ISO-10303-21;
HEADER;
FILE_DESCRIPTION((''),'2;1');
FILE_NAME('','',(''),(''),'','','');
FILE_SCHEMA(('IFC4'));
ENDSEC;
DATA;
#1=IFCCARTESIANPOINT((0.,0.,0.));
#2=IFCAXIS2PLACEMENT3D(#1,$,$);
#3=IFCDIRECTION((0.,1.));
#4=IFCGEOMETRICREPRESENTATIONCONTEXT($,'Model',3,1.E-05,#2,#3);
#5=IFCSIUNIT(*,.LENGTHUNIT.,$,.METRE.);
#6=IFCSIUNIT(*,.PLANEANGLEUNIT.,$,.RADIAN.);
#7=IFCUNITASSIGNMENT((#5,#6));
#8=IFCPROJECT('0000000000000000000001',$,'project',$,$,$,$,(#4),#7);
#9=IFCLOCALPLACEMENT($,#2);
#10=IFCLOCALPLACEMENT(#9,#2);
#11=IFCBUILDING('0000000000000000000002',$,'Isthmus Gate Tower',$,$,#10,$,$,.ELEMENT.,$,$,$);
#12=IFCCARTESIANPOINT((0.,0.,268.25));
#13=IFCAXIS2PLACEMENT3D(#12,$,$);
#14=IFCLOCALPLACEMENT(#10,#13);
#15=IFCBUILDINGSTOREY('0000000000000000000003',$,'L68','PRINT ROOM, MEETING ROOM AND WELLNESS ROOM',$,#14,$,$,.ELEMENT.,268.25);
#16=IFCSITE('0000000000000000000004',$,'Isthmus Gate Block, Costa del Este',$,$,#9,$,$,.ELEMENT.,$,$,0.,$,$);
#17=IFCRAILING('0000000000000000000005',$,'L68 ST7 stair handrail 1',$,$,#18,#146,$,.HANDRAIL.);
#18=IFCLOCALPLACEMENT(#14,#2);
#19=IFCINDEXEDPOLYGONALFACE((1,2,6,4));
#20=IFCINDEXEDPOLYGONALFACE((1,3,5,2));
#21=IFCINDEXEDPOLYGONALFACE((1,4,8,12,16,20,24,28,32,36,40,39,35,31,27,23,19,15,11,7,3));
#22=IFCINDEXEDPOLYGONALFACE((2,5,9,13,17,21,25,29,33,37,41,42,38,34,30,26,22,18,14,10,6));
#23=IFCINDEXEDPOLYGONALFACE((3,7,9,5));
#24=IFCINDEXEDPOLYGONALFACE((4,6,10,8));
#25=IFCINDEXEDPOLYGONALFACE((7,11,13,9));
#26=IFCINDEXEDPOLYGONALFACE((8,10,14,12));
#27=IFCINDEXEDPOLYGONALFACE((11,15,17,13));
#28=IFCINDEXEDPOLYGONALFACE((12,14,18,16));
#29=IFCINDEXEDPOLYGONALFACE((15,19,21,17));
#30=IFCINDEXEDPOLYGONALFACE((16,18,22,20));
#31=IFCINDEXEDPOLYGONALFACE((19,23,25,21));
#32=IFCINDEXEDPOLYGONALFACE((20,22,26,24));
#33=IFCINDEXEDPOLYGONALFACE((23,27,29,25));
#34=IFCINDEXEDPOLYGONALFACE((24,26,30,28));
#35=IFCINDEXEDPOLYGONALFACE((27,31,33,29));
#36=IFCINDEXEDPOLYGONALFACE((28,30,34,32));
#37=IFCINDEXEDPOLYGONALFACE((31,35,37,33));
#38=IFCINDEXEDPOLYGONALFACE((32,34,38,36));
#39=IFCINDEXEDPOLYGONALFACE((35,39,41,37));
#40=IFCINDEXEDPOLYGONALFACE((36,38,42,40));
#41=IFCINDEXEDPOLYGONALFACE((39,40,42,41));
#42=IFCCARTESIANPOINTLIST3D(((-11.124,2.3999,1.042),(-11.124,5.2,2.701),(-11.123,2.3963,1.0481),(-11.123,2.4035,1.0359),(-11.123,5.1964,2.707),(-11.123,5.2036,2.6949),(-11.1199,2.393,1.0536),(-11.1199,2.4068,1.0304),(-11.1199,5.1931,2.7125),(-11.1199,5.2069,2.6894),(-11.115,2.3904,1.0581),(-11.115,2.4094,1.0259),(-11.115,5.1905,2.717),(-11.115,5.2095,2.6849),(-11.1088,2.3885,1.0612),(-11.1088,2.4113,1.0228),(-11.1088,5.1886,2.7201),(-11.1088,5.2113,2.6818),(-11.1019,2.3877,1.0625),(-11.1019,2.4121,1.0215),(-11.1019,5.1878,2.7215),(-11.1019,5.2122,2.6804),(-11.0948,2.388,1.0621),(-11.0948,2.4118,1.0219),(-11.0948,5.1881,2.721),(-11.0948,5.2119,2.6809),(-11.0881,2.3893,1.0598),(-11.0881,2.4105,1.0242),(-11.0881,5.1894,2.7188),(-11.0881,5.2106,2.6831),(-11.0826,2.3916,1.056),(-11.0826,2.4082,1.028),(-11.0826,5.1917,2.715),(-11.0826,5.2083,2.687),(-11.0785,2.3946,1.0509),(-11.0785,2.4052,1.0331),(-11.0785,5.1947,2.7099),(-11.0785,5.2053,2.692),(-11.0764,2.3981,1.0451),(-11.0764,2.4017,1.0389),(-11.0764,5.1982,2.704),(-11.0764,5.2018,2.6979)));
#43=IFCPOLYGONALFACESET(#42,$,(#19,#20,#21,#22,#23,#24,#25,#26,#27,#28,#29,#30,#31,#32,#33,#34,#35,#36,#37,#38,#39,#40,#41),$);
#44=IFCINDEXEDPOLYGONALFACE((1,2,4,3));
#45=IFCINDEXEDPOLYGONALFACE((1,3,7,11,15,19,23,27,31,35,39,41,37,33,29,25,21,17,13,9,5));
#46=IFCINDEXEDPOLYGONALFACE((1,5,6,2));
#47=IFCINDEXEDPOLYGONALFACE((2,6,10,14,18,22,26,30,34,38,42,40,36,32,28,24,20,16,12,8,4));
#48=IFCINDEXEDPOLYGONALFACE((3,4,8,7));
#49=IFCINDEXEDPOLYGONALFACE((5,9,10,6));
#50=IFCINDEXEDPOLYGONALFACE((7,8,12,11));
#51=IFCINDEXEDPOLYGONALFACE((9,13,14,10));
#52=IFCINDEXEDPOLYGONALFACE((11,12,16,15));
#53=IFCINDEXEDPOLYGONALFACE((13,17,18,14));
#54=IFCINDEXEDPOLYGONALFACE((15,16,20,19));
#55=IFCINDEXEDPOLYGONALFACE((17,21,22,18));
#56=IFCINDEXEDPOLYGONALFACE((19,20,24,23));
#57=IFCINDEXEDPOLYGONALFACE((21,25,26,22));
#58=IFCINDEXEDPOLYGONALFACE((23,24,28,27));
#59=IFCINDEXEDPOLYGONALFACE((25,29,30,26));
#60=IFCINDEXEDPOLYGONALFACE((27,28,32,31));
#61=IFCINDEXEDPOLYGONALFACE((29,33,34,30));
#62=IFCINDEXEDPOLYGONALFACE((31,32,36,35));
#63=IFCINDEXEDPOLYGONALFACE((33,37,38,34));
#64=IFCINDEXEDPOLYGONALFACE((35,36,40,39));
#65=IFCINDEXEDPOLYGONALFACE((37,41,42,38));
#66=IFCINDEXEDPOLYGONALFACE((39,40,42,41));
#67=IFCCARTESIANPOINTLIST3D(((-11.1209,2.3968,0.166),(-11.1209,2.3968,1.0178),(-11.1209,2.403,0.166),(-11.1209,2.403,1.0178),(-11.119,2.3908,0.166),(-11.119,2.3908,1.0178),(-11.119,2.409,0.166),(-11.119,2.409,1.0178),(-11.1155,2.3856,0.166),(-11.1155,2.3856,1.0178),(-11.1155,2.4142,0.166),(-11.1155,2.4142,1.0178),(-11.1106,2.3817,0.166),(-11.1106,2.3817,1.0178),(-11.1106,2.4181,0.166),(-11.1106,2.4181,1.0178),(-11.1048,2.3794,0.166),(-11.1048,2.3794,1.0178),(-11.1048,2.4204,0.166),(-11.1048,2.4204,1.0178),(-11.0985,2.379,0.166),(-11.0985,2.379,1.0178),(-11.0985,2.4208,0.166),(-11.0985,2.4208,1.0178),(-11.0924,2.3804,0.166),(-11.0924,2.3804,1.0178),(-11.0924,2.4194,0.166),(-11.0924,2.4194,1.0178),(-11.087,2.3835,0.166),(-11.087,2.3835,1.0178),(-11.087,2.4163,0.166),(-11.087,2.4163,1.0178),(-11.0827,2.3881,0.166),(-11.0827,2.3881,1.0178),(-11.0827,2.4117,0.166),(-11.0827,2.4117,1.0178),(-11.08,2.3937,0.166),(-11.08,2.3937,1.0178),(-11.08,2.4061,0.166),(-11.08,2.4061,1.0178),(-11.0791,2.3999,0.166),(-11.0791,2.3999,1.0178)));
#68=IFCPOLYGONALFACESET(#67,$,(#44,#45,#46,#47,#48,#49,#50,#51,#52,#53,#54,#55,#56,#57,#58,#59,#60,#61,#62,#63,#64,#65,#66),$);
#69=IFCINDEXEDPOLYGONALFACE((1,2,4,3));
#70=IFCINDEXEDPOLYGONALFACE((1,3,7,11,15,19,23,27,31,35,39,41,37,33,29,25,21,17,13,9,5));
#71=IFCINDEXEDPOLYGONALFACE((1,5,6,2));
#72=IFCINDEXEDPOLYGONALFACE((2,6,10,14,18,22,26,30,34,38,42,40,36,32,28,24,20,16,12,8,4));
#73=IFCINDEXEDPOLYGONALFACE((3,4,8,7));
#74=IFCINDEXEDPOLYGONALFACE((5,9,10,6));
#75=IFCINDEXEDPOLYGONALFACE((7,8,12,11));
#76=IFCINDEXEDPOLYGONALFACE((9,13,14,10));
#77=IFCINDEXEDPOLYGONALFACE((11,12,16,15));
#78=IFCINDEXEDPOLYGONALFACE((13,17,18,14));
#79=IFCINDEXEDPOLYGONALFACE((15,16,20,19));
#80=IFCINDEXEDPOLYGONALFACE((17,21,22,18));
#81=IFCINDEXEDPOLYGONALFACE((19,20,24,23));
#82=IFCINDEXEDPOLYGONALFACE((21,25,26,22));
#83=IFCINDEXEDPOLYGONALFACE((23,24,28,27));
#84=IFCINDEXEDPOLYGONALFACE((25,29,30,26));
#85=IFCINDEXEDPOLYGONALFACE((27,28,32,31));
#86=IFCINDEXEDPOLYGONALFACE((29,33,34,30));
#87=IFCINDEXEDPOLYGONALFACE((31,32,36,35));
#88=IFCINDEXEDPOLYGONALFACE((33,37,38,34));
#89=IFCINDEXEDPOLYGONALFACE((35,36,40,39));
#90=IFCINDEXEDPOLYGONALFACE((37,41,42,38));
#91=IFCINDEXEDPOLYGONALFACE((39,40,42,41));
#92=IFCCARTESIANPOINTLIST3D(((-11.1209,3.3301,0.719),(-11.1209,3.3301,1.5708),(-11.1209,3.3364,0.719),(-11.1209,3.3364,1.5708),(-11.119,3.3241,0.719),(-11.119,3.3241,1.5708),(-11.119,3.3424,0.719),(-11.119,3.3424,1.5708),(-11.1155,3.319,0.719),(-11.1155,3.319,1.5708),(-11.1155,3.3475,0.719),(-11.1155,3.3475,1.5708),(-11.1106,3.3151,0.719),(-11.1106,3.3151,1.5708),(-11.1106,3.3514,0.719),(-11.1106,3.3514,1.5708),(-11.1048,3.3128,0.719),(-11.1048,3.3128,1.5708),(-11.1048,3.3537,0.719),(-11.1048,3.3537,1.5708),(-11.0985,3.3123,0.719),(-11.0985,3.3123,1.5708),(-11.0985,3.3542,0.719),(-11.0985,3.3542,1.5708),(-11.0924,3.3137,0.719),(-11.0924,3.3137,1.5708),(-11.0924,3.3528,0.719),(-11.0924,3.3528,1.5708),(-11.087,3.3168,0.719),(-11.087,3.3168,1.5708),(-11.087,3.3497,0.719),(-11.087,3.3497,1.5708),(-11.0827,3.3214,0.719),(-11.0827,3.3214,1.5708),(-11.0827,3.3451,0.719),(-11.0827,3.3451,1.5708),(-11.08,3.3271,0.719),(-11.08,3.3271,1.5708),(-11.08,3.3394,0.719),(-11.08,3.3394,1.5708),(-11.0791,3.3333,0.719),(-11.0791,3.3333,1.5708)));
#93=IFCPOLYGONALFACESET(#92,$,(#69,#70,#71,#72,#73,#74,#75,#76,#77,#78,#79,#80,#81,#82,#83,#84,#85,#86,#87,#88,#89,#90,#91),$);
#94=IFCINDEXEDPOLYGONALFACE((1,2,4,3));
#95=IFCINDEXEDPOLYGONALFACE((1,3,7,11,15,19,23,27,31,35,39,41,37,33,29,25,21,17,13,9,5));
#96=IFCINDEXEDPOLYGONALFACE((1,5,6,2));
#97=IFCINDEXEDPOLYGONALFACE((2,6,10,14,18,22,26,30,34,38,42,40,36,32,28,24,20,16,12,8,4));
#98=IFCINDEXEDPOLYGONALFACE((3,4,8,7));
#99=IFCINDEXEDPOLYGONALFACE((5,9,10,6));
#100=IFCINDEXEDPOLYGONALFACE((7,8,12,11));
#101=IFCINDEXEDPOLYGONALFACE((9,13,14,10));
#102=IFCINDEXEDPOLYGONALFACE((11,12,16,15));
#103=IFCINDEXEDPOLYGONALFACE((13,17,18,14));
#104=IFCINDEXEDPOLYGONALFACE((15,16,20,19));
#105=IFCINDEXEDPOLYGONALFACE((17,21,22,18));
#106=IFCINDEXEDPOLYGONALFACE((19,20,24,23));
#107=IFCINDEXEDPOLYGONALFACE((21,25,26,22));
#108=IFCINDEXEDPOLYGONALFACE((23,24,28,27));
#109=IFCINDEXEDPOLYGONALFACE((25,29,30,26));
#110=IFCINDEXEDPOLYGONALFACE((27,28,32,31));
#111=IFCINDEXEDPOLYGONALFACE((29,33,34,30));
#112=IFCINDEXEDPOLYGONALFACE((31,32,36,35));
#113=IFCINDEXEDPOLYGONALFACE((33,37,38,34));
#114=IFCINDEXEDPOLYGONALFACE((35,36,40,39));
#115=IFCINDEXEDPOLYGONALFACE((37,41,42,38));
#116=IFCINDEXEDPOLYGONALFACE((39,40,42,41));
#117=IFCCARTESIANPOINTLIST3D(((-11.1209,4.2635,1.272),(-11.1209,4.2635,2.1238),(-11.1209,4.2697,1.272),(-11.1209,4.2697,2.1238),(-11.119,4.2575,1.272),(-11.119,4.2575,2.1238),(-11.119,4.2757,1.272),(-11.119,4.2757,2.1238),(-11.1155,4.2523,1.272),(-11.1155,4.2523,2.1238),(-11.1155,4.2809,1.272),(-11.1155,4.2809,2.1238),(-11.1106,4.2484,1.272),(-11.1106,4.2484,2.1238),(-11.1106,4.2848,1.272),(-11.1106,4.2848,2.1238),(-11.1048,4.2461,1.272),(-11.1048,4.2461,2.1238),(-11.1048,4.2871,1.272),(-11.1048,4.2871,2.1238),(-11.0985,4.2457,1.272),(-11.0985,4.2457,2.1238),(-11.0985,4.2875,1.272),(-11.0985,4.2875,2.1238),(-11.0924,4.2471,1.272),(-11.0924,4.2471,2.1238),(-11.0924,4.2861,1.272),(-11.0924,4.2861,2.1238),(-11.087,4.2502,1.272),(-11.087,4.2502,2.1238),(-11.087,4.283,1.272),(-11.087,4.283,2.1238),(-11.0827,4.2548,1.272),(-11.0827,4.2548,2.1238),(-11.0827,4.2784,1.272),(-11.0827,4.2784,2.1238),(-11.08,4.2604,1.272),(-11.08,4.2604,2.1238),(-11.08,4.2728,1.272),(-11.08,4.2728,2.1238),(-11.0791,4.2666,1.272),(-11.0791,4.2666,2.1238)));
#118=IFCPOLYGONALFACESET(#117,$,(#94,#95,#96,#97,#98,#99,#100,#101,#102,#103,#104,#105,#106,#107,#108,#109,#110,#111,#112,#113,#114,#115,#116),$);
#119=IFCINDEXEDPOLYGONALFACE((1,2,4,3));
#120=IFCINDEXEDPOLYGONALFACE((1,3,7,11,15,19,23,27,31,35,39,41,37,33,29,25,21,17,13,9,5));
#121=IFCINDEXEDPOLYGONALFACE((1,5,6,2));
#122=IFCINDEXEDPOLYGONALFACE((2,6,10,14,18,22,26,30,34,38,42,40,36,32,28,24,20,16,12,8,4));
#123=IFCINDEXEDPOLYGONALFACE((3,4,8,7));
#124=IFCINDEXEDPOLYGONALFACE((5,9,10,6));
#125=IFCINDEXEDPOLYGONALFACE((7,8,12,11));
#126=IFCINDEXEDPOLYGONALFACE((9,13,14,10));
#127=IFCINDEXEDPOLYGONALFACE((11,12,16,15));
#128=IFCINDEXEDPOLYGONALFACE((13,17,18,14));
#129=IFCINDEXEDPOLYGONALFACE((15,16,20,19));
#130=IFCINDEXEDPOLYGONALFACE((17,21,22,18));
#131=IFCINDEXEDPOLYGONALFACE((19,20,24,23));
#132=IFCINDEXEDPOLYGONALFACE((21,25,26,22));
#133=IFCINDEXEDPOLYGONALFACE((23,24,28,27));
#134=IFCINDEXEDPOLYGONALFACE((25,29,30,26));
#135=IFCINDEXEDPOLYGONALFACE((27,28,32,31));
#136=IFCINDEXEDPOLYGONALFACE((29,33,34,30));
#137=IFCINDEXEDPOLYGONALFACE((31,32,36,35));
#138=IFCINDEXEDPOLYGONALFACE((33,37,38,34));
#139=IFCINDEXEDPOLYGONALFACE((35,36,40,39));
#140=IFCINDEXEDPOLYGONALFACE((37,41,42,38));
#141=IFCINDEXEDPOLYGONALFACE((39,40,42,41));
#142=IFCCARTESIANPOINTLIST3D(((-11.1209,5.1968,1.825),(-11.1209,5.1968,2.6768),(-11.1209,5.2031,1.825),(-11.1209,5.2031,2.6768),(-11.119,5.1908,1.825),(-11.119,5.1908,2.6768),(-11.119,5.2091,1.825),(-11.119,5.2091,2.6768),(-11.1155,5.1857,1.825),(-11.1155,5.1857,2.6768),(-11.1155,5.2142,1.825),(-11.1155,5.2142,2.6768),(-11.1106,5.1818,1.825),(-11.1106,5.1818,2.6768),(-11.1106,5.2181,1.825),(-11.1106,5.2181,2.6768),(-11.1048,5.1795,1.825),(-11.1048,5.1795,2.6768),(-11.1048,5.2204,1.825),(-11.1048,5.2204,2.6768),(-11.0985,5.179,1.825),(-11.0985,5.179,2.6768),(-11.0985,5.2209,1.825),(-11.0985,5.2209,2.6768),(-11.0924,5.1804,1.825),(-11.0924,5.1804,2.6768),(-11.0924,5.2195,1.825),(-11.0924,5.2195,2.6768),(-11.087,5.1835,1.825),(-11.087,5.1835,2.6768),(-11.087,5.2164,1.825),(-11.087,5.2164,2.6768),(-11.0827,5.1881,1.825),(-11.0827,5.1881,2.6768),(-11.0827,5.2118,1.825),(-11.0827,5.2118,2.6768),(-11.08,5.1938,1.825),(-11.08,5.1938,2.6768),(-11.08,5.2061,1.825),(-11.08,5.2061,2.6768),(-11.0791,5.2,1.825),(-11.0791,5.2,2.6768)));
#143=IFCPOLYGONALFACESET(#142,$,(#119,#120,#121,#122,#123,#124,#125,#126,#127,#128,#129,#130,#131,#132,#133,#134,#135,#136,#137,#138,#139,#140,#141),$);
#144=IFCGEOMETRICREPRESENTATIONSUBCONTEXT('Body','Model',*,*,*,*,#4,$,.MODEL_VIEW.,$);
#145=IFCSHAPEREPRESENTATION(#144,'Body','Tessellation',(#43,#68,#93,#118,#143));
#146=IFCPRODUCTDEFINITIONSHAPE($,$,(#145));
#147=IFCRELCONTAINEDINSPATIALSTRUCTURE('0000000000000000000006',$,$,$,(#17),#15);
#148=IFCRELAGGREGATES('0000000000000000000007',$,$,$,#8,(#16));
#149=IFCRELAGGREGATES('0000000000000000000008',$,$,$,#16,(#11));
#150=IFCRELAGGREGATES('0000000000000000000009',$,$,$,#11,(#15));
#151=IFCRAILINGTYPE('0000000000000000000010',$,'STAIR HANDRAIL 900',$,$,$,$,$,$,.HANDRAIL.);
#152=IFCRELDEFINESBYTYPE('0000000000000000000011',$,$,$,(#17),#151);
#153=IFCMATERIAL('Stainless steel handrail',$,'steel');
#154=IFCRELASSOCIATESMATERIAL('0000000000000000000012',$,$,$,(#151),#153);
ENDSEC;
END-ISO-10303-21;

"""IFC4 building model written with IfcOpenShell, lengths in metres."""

from ifc_helpers import new_model, si_unit, direction, frame, origin, origin_2d, place, context, subcontext, project, spatial, circle, extrude, material, type_object, element, save


model = new_model("IFC4")

# Units and contexts
model_context = context("Model", 3, precision=1e-05, world=origin(), true_north=direction((0.0, 1.0)))
body_context = subcontext(model_context, "Body", "Model", "MODEL_VIEW")
ifc_project = project(units=[si_unit("LENGTHUNIT", "METRE"), si_unit("PLANEANGLEUNIT", "RADIAN")], contexts=[model_context])

# Site, building, storey
site_placement = place(None, origin())
site = spatial("IfcSite", under=ifc_project, at=site_placement, Name="Isthmus Gate Block, Costa del Este", CompositionType="ELEMENT", RefElevation=0.0)
building_placement = place(site_placement, origin())
building = spatial("IfcBuilding", under=site, at=building_placement, Name="Isthmus Gate Tower", CompositionType="ELEMENT")
storey_placement = place(building_placement, frame((0.0, 0.0, 268.25)))
storey = spatial("IfcBuildingStorey", under=building, at=storey_placement, Name="L68", Description="PRINT ROOM, MEETING ROOM AND WELLNESS ROOM", CompositionType="ELEMENT", Elevation=268.25)

# Railing
ifc_material_1 = material(Name="Stainless steel handrail", Category="steel")
railing_type_1 = type_object("IfcRailingType", Name="STAIR HANDRAIL 900", PredefinedType="HANDRAIL", material=ifc_material_1)
railing_1_placement = place(storey_placement, frame((-11.1001, 2.3999, 0.166)))
element("IfcRailing", 1, at=railing_1_placement, inside=storey, type_object=railing_type_1, Name="L68 ST7 stair handrail 1", PredefinedType="HANDRAIL", context=body_context, shape_type="SweptSolid", body=[
    extrude(circle(Radius=0.0239, at=origin_2d()), frame((0.0, 0.0, 0.876), z_axis=(0.0, 0.860339, 0.509722), x_axis=(-1.0, 0.0, 0.0)), (0.0, 0.0, 1.0), 3.2546),
    extrude(circle(Radius=0.021, at=origin_2d()), origin(), (0.0, 0.0, 1.0), 0.8518),
    extrude(circle(Radius=0.021, at=origin_2d()), frame((0.0, 0.9333, 0.553)), (0.0, 0.0, 1.0), 0.8518),
    extrude(circle(Radius=0.021, at=origin_2d()), frame((0.0, 1.8667, 1.106)), (0.0, 0.0, 1.0), 0.8518),
    extrude(circle(Radius=0.021, at=origin_2d()), frame((0.0, 2.8, 1.6589)), (0.0, 0.0, 1.0), 0.8518),
])

save(model, "model.ifc")
